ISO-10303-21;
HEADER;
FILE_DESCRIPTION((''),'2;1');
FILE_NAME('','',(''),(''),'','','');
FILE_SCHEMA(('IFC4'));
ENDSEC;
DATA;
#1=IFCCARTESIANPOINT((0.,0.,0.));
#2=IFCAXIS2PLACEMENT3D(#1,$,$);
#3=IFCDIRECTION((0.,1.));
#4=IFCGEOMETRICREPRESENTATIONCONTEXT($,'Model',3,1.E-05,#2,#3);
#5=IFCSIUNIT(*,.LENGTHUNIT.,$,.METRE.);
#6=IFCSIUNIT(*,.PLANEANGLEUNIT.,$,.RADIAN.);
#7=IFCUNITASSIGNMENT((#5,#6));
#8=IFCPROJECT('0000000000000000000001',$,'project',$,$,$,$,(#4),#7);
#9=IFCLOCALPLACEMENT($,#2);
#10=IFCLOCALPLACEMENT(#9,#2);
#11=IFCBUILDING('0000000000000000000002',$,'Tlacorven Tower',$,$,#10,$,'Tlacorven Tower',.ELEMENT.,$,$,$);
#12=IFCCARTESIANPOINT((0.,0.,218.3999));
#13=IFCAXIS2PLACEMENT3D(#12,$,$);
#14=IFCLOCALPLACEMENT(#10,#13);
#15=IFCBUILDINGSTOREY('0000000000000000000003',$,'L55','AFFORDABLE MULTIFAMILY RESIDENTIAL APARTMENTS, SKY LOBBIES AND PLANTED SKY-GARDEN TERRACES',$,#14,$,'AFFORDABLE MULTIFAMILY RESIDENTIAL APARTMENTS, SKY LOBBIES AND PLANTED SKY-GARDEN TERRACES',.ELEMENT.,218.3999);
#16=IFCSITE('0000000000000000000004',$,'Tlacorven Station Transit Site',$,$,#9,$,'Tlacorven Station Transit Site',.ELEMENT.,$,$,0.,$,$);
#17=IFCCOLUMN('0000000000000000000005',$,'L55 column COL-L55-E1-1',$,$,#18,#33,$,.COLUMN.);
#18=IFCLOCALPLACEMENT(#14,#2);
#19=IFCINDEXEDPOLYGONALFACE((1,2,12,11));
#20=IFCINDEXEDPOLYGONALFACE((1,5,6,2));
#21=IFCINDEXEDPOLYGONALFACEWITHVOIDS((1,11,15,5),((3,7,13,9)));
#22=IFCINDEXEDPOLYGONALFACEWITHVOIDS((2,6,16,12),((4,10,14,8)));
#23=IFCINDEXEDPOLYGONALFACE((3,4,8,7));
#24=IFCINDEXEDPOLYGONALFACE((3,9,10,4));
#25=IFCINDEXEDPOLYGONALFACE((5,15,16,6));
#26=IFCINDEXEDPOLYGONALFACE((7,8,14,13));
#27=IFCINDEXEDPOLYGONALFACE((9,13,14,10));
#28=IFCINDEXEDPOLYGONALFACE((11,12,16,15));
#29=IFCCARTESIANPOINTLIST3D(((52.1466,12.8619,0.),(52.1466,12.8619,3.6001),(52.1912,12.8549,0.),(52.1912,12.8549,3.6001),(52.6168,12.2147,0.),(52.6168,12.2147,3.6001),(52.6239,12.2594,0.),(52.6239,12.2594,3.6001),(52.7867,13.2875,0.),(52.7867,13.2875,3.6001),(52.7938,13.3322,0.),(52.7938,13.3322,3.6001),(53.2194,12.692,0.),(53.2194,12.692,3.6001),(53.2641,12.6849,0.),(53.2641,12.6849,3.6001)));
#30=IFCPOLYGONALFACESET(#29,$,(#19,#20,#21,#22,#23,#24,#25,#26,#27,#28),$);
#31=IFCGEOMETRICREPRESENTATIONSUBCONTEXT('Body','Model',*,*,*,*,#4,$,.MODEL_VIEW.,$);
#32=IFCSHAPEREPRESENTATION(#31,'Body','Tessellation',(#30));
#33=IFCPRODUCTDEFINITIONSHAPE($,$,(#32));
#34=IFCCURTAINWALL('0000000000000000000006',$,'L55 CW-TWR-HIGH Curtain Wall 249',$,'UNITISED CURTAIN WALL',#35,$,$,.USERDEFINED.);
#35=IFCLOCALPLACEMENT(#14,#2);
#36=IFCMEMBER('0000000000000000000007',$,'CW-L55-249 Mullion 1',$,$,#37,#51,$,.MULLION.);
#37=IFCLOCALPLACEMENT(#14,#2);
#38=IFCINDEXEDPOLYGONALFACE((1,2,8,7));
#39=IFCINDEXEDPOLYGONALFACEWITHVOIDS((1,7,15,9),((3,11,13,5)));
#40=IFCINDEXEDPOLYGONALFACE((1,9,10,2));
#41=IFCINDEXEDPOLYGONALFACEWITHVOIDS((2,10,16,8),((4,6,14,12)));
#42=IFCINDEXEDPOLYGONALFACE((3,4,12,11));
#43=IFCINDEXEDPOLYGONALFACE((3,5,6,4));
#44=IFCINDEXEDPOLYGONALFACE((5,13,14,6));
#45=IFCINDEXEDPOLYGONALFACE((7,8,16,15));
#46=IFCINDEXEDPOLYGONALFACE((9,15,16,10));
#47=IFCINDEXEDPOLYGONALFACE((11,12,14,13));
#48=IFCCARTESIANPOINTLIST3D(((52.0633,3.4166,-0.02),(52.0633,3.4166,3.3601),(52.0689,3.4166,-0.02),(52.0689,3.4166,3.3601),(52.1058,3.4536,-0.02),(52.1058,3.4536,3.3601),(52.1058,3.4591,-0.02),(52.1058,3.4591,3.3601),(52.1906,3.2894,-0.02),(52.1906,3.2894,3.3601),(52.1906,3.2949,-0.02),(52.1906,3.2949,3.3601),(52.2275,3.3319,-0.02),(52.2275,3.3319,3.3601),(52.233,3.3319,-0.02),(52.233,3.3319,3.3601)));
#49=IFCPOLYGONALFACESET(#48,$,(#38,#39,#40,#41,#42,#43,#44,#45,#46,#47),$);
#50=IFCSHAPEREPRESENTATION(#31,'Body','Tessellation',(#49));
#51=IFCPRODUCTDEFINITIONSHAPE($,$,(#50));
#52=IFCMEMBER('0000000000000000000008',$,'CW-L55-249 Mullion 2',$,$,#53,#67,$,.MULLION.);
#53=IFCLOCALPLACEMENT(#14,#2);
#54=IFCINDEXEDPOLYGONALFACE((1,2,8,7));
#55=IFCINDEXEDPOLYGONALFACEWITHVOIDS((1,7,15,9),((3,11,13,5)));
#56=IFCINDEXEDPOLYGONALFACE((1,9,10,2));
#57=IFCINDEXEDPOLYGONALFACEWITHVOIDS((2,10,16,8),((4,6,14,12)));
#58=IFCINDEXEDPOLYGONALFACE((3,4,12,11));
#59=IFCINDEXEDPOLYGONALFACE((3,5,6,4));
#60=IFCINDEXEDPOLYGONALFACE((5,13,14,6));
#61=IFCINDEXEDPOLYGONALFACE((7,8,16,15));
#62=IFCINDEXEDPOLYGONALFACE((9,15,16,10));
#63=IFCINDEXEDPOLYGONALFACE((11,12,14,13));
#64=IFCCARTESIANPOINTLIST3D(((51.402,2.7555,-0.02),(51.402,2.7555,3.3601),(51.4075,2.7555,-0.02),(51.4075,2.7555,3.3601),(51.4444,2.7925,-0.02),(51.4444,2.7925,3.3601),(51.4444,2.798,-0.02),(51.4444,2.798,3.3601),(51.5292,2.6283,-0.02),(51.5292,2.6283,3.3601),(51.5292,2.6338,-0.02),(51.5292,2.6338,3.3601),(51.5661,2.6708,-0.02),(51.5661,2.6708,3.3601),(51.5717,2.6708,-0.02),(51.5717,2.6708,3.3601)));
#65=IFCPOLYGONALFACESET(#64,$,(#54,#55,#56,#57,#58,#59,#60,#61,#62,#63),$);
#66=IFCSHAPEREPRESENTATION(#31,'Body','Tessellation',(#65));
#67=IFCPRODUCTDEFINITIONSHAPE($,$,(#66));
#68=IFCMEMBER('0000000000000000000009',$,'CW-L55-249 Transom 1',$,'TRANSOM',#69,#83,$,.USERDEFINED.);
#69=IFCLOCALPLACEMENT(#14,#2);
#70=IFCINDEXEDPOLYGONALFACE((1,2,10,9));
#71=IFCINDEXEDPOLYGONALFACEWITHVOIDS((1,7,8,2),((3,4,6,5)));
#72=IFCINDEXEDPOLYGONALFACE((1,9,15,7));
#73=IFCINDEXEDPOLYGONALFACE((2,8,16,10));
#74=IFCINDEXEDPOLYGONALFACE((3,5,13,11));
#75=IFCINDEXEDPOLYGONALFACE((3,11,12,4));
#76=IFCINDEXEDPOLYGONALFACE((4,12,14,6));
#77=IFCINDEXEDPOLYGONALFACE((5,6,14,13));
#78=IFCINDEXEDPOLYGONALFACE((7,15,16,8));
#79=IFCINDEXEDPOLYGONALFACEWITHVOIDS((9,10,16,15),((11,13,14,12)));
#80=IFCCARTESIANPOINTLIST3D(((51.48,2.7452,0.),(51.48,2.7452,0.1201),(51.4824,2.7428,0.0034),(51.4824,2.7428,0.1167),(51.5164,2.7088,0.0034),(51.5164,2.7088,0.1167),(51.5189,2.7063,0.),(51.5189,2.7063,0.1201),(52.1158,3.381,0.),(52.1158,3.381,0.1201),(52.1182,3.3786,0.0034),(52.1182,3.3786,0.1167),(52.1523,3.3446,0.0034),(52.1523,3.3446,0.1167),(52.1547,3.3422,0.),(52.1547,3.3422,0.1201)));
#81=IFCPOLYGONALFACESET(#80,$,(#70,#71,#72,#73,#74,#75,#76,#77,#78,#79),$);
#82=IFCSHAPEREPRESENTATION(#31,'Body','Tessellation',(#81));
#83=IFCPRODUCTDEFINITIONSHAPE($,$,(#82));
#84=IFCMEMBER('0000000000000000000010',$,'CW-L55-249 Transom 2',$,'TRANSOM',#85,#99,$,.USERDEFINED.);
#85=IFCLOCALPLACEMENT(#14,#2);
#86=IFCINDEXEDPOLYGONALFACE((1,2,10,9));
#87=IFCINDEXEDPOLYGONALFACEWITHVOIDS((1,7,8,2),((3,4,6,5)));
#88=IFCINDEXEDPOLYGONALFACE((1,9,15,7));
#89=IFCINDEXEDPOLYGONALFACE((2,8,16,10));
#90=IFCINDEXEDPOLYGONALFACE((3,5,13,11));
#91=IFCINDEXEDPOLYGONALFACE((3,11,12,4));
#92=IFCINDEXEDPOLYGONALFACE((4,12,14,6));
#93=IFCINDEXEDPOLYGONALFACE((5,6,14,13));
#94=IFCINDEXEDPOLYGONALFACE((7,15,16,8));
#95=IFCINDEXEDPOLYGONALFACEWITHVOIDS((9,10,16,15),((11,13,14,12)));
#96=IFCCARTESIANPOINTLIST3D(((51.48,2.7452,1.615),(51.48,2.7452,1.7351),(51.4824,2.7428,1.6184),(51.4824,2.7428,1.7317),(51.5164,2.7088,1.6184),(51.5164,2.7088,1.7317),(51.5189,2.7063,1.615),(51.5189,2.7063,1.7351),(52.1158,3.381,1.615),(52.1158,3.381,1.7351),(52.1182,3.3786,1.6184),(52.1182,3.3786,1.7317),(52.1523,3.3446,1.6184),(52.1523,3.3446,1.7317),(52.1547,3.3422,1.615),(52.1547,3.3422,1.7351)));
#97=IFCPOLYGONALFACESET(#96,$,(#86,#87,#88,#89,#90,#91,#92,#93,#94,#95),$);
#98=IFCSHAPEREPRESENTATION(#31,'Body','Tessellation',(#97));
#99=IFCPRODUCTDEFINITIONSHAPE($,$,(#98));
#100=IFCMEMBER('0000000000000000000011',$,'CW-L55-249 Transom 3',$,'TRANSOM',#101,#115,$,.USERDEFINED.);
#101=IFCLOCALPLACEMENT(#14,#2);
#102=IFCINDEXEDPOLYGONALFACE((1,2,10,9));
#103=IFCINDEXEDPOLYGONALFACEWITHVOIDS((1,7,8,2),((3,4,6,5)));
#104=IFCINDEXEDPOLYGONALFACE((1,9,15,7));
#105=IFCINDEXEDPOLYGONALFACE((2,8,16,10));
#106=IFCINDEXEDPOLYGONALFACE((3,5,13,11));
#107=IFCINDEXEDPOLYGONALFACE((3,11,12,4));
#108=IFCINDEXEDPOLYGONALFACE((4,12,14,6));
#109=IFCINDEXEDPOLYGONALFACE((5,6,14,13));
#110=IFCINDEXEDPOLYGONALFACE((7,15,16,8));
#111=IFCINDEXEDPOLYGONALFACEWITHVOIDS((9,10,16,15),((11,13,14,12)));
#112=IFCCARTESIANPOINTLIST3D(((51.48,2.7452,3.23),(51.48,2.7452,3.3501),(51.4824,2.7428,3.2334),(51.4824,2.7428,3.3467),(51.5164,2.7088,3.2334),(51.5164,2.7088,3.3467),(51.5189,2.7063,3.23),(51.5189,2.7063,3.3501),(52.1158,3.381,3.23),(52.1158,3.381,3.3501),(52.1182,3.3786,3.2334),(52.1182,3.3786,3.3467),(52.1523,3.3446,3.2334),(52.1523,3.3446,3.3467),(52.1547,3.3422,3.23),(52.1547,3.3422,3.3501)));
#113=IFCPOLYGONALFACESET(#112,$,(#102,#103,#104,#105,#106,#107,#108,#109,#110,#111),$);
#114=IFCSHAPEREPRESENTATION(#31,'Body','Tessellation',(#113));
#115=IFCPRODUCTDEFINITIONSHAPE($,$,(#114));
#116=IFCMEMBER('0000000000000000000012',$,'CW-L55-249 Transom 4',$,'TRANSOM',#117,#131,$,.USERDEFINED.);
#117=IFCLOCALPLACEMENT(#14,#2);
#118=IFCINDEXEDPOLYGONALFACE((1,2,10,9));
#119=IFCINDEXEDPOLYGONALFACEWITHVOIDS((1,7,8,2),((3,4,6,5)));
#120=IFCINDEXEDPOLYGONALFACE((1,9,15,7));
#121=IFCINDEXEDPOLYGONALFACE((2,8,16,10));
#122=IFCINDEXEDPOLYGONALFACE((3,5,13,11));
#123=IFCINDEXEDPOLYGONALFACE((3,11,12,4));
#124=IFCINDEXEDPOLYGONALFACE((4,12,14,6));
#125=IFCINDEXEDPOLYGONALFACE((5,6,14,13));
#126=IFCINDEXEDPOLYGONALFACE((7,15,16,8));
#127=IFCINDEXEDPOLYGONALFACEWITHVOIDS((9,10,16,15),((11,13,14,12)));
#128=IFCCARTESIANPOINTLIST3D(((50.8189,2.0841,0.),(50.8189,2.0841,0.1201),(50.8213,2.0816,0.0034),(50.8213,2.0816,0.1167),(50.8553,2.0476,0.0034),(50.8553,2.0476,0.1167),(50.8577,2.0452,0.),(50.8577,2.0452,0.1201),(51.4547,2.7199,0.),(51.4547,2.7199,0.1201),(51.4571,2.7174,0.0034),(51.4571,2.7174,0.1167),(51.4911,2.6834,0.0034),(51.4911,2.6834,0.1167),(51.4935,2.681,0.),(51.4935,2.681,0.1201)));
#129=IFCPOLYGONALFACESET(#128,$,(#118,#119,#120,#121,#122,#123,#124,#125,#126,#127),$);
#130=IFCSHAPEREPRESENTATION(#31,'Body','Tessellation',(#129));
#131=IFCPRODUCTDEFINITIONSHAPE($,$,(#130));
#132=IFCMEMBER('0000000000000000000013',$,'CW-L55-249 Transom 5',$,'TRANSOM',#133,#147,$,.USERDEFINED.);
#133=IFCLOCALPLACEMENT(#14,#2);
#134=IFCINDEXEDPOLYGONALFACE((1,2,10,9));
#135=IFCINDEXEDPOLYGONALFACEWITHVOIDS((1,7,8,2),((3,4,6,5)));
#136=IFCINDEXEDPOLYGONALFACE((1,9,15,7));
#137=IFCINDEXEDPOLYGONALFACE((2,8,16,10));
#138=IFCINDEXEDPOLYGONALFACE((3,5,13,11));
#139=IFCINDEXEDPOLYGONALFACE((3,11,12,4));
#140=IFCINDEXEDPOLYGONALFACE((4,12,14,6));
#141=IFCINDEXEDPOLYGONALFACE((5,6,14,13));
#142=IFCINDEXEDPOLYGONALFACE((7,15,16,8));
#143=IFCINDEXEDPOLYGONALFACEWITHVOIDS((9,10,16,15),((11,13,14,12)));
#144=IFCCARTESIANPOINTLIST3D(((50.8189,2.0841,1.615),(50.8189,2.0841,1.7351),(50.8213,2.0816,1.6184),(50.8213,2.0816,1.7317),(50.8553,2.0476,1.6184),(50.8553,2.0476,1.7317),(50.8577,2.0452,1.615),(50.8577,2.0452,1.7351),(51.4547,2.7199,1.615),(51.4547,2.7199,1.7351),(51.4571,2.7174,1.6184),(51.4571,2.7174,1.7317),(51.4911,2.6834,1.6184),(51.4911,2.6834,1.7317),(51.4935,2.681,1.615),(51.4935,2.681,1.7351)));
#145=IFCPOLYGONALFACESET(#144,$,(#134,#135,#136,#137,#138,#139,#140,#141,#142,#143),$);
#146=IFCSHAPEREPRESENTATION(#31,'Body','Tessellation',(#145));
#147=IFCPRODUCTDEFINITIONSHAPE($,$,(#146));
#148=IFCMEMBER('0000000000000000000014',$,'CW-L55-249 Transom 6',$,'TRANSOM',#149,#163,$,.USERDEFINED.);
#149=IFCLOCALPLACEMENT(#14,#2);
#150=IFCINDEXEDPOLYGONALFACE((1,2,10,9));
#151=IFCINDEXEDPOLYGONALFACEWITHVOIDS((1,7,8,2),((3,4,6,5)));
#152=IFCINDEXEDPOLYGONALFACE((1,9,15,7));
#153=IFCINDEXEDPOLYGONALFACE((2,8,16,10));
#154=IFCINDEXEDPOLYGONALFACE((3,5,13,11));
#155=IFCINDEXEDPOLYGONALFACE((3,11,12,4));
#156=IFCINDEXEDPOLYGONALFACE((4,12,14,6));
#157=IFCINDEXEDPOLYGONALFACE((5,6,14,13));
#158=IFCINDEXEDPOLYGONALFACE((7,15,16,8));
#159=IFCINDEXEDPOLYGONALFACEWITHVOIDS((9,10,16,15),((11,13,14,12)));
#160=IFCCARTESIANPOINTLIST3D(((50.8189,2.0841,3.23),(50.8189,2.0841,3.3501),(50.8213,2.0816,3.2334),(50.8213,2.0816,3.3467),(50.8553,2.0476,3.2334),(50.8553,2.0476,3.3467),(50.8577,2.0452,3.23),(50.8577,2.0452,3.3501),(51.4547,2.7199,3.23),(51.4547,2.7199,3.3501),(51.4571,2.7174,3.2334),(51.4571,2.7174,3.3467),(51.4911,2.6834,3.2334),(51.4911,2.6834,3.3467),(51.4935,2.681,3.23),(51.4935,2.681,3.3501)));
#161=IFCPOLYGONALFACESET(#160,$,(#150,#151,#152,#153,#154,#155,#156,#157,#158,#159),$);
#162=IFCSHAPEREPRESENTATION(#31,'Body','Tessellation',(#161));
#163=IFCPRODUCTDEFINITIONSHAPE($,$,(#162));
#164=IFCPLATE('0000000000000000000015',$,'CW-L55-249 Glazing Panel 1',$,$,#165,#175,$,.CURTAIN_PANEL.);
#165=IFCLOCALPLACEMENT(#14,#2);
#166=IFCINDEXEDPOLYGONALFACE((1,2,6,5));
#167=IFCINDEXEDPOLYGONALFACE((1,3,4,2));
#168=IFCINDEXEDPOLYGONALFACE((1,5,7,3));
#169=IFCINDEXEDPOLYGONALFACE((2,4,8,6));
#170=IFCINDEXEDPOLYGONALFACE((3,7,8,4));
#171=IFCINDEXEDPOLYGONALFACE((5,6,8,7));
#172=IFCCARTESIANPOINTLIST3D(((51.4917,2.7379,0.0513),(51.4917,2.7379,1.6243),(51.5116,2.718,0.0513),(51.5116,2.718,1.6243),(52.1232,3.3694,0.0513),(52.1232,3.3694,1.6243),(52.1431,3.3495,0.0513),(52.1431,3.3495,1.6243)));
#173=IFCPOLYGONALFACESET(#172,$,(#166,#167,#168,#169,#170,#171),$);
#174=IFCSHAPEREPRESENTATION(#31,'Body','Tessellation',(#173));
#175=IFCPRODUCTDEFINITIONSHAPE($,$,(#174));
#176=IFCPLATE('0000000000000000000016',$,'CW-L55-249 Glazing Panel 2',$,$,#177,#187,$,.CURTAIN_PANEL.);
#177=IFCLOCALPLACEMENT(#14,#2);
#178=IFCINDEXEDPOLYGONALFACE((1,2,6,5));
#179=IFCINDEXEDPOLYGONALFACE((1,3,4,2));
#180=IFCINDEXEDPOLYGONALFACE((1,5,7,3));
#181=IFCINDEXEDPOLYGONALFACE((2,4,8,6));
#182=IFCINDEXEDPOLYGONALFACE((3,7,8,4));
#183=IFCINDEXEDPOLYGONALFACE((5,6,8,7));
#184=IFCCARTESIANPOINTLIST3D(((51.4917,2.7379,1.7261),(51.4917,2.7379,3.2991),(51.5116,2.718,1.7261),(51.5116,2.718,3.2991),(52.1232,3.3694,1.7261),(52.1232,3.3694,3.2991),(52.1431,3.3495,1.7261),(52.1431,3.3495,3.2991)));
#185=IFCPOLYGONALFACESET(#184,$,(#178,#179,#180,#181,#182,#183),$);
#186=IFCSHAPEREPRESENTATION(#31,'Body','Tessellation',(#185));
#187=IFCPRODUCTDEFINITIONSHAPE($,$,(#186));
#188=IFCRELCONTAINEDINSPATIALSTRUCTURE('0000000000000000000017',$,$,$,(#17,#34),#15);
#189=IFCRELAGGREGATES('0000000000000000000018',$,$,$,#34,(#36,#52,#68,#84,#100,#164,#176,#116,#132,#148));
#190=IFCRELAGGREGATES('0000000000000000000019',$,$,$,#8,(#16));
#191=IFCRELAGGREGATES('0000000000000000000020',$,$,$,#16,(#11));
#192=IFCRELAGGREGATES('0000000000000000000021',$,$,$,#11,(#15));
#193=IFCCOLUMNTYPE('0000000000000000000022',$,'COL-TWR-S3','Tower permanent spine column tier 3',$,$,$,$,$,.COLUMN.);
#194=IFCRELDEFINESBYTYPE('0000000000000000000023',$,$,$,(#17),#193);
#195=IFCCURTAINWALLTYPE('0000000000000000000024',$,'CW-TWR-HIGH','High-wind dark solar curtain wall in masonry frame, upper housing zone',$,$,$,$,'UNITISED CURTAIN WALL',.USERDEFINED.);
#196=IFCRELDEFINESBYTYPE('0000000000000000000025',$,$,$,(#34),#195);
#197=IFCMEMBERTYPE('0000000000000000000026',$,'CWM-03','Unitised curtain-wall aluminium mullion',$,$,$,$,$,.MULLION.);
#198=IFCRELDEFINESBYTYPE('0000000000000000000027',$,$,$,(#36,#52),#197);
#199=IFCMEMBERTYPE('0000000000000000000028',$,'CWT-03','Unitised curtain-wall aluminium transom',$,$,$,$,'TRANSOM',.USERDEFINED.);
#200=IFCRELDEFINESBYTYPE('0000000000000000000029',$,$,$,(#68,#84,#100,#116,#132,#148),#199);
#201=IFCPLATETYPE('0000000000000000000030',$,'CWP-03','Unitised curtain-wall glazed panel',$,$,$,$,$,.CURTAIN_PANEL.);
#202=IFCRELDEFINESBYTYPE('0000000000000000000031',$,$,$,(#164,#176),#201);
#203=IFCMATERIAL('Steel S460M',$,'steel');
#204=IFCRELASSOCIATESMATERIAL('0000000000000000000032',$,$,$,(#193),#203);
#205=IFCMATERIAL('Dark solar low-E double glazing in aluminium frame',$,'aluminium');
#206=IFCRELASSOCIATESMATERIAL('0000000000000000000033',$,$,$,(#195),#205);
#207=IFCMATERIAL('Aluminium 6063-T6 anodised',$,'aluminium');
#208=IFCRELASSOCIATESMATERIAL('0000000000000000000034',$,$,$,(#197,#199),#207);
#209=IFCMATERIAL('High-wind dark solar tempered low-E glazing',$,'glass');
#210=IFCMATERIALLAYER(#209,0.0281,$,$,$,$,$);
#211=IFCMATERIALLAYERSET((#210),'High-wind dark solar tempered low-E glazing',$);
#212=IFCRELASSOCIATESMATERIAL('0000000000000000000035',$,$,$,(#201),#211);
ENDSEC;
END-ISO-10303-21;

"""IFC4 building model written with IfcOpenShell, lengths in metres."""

from ifc_helpers import new_model, si_unit, direction, frame, origin, origin_2d, place, context, subcontext, project, spatial, rectangle, hollow_rectangle, extrude, source, transform, mapped, material, layer, layer_set, material_profile, profile_set, type_object, element, aggregate, save


model = new_model("IFC4")

# Units and contexts
model_context = context("Model", 3, precision=1e-05, world=origin(), true_north=direction((0.0, 1.0)))
body_context = subcontext(model_context, "Body", "Model", "MODEL_VIEW")
ifc_project = project(units=[si_unit("LENGTHUNIT", "METRE"), si_unit("PLANEANGLEUNIT", "RADIAN")], contexts=[model_context])

# Site, building, storey
site_placement = place(None, origin())
site = spatial("IfcSite", under=ifc_project, at=site_placement, Name="Tlacorven Station Transit Site", LongName="Tlacorven Station Transit Site", CompositionType="ELEMENT", RefElevation=0.0)
building_placement = place(site_placement, origin())
building = spatial("IfcBuilding", under=site, at=building_placement, Name="Tlacorven Tower", LongName="Tlacorven Tower", CompositionType="ELEMENT")
storey_placement = place(building_placement, frame((0.0, 0.0, 218.3999)))
storey = spatial("IfcBuildingStorey", under=building, at=storey_placement, Name="L55", Description="AFFORDABLE MULTIFAMILY RESIDENTIAL APARTMENTS, SKY LOBBIES AND PLANTED SKY-GARDEN TERRACES", LongName="AFFORDABLE MULTIFAMILY RESIDENTIAL APARTMENTS, SKY LOBBIES AND PLANTED SKY-GARDEN TERRACES", CompositionType="ELEMENT", Elevation=218.3999)

# Column
ifc_material_1 = material(Name="Steel S460M", Category="steel")
ifc_material_profile_1 = material_profile(ifc_material_1, hollow_rectangle(XDim=0.8, YDim=0.8, WallThickness=0.032, at=origin_2d()), Name="BOX 800X800X32")
ifc_profile_set_1 = profile_set([ifc_material_profile_1], Name="Steel S460M")
column_type = type_object("IfcColumnType", Name="COL-TWR-S3", Description="Tower permanent spine column tier 3", PredefinedType="COLUMN", material=ifc_profile_set_1)
shared_shape_1 = source(origin(), body_context, "Body", "SweptSolid", [
    extrude(hollow_rectangle(XDim=0.8, YDim=0.8, WallThickness=0.032, at=origin_2d()), origin(), (0.0, 0.0, 1.0), 3.6001),
])
column_placement = place(storey_placement, frame((52.7053, 12.7734, 0.0), z_axis=(0.0, 0.0, 1.0), x_axis=(0.809017, 0.587785, 0.0)))
element("IfcColumn", 1, at=column_placement, inside=storey, type_object=column_type, Name="L55 column COL-L55-E1-1", PredefinedType="COLUMN", context=body_context, shape_type="MappedRepresentation", body=[
    mapped(shared_shape_1, transform((0.0, 0.0, 0.0), scale=1.0)),
])

# Curtain wall, members, plates
ifc_material_2 = material(Name="Dark solar low-E double glazing in aluminium frame", Category="aluminium")
curtain_wall_type = type_object("IfcCurtainWallType", Name="CW-TWR-HIGH", Description="High-wind dark solar curtain wall in masonry frame, upper housing zone", ElementType="UNITISED CURTAIN WALL", PredefinedType="USERDEFINED", material=ifc_material_2)
curtain_wall_placement = place(storey_placement, origin())
curtain_wall = element("IfcCurtainWall", 2, at=curtain_wall_placement, inside=storey, type_object=curtain_wall_type, Name="L55 CW-TWR-HIGH Curtain Wall 249", ObjectType="UNITISED CURTAIN WALL", PredefinedType="USERDEFINED")
ifc_material_3 = material(Name="Aluminium 6063-T6 anodised", Category="aluminium")
ifc_material_profile_2 = material_profile(ifc_material_3, hollow_rectangle(XDim=0.0601, YDim=0.1799, WallThickness=0.0039, at=origin_2d()), Name="ALU MULLION 60X180")
ifc_profile_set_2 = profile_set([ifc_material_profile_2], Name="Aluminium 6063-T6 anodised")
member_type_1 = type_object("IfcMemberType", Name="CWM-03", Description="Unitised curtain-wall aluminium mullion", PredefinedType="MULLION", material=ifc_profile_set_2)
shared_shape_2 = source(origin(), body_context, "Body", "SweptSolid", [
    extrude(hollow_rectangle(XDim=0.0601, YDim=0.1799, WallThickness=0.0039, at=origin_2d()), origin(), (0.0, 0.0, 1.0), 3.3801),
])
member_1_placement = place(storey_placement, frame((52.1482, 3.3743, -0.02), z_axis=(0.0, 0.0, 1.0), x_axis=(-0.707107, -0.707107, 0.0)))
member_1 = element("IfcMember", 3, at=member_1_placement, type_object=member_type_1, Name="CW-L55-249 Mullion 1", PredefinedType="MULLION", context=body_context, shape_type="MappedRepresentation", body=[
    mapped(shared_shape_2, transform((0.0, 0.0, 0.0), scale=1.0)),
])
member_2_placement = place(storey_placement, frame((51.4868, 2.7131, -0.02), z_axis=(0.0, 0.0, 1.0), x_axis=(-0.707107, -0.707107, 0.0)))
member_2 = element("IfcMember", 4, at=member_2_placement, type_object=member_type_1, Name="CW-L55-249 Mullion 2", PredefinedType="MULLION", context=body_context, shape_type="MappedRepresentation", body=[
    mapped(shared_shape_2, transform((0.0, 0.0, 0.0), scale=1.0)),
])
ifc_material_profile_3 = material_profile(ifc_material_3, hollow_rectangle(XDim=0.0549, YDim=0.1201, WallThickness=0.0034, at=origin_2d()), Name="ALU TRANSOM 55X120")
ifc_profile_set_3 = profile_set([ifc_material_profile_3], Name="Aluminium 6063-T6 anodised")
member_type_2 = type_object("IfcMemberType", Name="CWT-03", Description="Unitised curtain-wall aluminium transom", ElementType="TRANSOM", PredefinedType="USERDEFINED", material=ifc_profile_set_3)
shared_shape_3 = source(origin(), body_context, "Body", "SweptSolid", [
    extrude(hollow_rectangle(XDim=0.0549, YDim=0.1201, WallThickness=0.0034, at=origin_2d()), origin(), (0.0, 0.0, 1.0), 0.8992),
])
member_3_placement = place(storey_placement, frame((52.1353, 3.3616, 0.0601), z_axis=(-0.707107, -0.707107, 0.0), x_axis=(0.707107, -0.707107, 0.0)))
member_3 = element("IfcMember", 5, at=member_3_placement, type_object=member_type_2, Name="CW-L55-249 Transom 1", ObjectType="TRANSOM", PredefinedType="USERDEFINED", context=body_context, shape_type="MappedRepresentation", body=[
    mapped(shared_shape_3, transform((0.0, 0.0, 0.0), scale=1.0)),
])
member_4_placement = place(storey_placement, frame((52.1353, 3.3616, 1.675), z_axis=(-0.707107, -0.707107, 0.0), x_axis=(0.707107, -0.707107, 0.0)))
member_4 = element("IfcMember", 6, at=member_4_placement, type_object=member_type_2, Name="CW-L55-249 Transom 2", ObjectType="TRANSOM", PredefinedType="USERDEFINED", context=body_context, shape_type="MappedRepresentation", body=[
    mapped(shared_shape_3, transform((0.0, 0.0, 0.0), scale=1.0)),
])
member_5_placement = place(storey_placement, frame((52.1353, 3.3616, 3.29), z_axis=(-0.707107, -0.707107, 0.0), x_axis=(0.707107, -0.707107, 0.0)))
member_5 = element("IfcMember", 7, at=member_5_placement, type_object=member_type_2, Name="CW-L55-249 Transom 3", ObjectType="TRANSOM", PredefinedType="USERDEFINED", context=body_context, shape_type="MappedRepresentation", body=[
    mapped(shared_shape_3, transform((0.0, 0.0, 0.0), scale=1.0)),
])
member_6_placement = place(storey_placement, frame((51.4741, 2.7004, 0.0601), z_axis=(-0.707107, -0.707107, 0.0), x_axis=(0.707107, -0.707107, 0.0)))
member_6 = element("IfcMember", 8, at=member_6_placement, type_object=member_type_2, Name="CW-L55-249 Transom 4", ObjectType="TRANSOM", PredefinedType="USERDEFINED", context=body_context, shape_type="MappedRepresentation", body=[
    mapped(shared_shape_3, transform((0.0, 0.0, 0.0), scale=1.0)),
])
member_7_placement = place(storey_placement, frame((51.4741, 2.7004, 1.675), z_axis=(-0.707107, -0.707107, 0.0), x_axis=(0.707107, -0.707107, 0.0)))
member_7 = element("IfcMember", 9, at=member_7_placement, type_object=member_type_2, Name="CW-L55-249 Transom 5", ObjectType="TRANSOM", PredefinedType="USERDEFINED", context=body_context, shape_type="MappedRepresentation", body=[
    mapped(shared_shape_3, transform((0.0, 0.0, 0.0), scale=1.0)),
])
member_8_placement = place(storey_placement, frame((51.4741, 2.7004, 3.29), z_axis=(-0.707107, -0.707107, 0.0), x_axis=(0.707107, -0.707107, 0.0)))
member_8 = element("IfcMember", 10, at=member_8_placement, type_object=member_type_2, Name="CW-L55-249 Transom 6", ObjectType="TRANSOM", PredefinedType="USERDEFINED", context=body_context, shape_type="MappedRepresentation", body=[
    mapped(shared_shape_3, transform((0.0, 0.0, 0.0), scale=1.0)),
])
ifc_material_4 = material(Name="High-wind dark solar tempered low-E glazing", Category="glass")
ifc_layer_1 = layer(ifc_material_4, 0.0281)
ifc_layer_set_1 = layer_set([ifc_layer_1], Name="High-wind dark solar tempered low-E glazing")
plate_type = type_object("IfcPlateType", Name="CWP-03", Description="Unitised curtain-wall glazed panel", PredefinedType="CURTAIN_PANEL", material=ifc_layer_set_1)
shared_shape_4 = source(origin(), body_context, "Body", "SweptSolid", [
    extrude(rectangle(XDim=0.8931, YDim=0.0281, at=origin_2d()), origin(), (0.0, 0.0, 1.0), 1.573),
])
plate_1_placement = place(storey_placement, frame((51.8174, 3.0437, 0.0513), z_axis=(0.0, 0.0, 1.0), x_axis=(-0.707107, -0.707107, 0.0)))
plate_1 = element("IfcPlate", 11, at=plate_1_placement, type_object=plate_type, Name="CW-L55-249 Glazing Panel 1", PredefinedType="CURTAIN_PANEL", context=body_context, shape_type="MappedRepresentation", body=[
    mapped(shared_shape_4, transform((0.0, 0.0, 0.0), scale=1.0)),
])
plate_2_placement = place(storey_placement, frame((51.8174, 3.0437, 1.7261), z_axis=(0.0, 0.0, 1.0), x_axis=(-0.707107, -0.707107, 0.0)))
plate_2 = element("IfcPlate", 12, at=plate_2_placement, type_object=plate_type, Name="CW-L55-249 Glazing Panel 2", PredefinedType="CURTAIN_PANEL", context=body_context, shape_type="MappedRepresentation", body=[
    mapped(shared_shape_4, transform((0.0, 0.0, 0.0), scale=1.0)),
])
aggregate(curtain_wall, [member_1, member_2, member_3, member_4, member_5, plate_1, plate_2, member_6, member_7, member_8])

save(model, "model.ifc")
